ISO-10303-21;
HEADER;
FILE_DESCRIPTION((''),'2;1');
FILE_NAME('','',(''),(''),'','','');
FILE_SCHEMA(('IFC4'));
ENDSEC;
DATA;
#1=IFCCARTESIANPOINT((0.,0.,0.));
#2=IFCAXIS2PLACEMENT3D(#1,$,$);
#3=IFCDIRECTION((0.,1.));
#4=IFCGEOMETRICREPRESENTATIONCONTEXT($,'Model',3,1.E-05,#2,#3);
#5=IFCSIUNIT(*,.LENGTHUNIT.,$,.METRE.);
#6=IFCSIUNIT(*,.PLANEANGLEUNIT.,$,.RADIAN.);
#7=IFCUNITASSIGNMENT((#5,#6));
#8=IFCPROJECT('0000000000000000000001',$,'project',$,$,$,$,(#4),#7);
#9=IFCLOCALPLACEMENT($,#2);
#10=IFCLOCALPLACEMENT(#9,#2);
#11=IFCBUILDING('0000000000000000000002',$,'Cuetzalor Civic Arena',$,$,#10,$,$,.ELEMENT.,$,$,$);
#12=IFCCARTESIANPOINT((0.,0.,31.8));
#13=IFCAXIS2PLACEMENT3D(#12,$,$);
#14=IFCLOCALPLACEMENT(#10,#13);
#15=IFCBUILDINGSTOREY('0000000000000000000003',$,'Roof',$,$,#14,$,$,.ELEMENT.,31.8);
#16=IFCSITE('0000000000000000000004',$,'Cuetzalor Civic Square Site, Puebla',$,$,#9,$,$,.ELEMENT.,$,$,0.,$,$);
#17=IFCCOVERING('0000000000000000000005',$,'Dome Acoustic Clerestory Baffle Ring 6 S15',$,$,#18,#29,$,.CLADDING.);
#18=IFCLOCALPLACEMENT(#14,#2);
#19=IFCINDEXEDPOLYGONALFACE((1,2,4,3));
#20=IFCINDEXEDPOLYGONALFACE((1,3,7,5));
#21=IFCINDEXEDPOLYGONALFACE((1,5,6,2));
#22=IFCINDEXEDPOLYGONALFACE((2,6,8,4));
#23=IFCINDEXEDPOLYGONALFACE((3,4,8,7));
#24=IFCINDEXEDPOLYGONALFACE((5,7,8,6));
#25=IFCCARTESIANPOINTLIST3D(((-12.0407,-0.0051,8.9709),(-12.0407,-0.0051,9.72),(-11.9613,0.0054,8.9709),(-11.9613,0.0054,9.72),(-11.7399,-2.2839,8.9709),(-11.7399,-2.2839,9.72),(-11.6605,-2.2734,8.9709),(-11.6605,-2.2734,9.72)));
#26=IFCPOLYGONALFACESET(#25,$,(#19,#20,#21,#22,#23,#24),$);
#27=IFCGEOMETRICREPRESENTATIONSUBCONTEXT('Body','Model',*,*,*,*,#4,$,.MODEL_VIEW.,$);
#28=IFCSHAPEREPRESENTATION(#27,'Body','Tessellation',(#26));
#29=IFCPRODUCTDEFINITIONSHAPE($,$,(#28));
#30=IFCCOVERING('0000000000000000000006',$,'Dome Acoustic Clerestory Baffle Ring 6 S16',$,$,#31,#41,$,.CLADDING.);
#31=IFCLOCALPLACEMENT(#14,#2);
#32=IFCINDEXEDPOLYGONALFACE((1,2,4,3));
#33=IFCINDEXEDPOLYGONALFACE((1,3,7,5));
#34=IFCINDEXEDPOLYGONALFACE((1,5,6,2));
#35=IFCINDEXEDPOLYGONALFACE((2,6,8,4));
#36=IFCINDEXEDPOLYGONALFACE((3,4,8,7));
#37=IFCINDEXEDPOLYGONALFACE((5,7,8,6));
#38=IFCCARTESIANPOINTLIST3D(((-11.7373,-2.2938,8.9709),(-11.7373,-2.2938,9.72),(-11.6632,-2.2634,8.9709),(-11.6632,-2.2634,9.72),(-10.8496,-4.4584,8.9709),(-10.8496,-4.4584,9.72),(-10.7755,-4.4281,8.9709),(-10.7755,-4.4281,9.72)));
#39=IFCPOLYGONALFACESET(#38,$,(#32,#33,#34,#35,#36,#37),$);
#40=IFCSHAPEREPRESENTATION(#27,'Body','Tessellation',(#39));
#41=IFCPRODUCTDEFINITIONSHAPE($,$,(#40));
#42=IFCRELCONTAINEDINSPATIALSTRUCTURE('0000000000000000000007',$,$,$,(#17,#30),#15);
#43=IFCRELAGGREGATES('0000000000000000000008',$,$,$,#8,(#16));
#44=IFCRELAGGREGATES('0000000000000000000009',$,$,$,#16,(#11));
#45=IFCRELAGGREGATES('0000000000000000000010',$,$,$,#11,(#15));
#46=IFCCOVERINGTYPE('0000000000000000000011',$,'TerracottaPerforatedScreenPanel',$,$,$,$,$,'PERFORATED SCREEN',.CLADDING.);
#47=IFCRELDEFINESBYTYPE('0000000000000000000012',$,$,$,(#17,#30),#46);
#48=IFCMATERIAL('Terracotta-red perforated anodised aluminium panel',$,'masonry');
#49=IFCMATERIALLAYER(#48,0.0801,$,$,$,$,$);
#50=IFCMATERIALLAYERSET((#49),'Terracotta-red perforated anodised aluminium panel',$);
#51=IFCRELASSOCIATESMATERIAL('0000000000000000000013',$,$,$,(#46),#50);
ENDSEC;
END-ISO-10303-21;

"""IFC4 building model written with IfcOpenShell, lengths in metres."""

from ifc_helpers import new_model, si_unit, direction, frame, frame_2d, origin, place, context, subcontext, project, spatial, rectangle, extrude, material, layer, layer_set, type_object, element, save


model = new_model("IFC4")

# Units and contexts
model_context = context("Model", 3, precision=1e-05, world=origin(), true_north=direction((0.0, 1.0)))
body_context = subcontext(model_context, "Body", "Model", "MODEL_VIEW")
ifc_project = project(units=[si_unit("LENGTHUNIT", "METRE"), si_unit("PLANEANGLEUNIT", "RADIAN")], contexts=[model_context])

# Site, building, storey
site_placement = place(None, origin())
site = spatial("IfcSite", under=ifc_project, at=site_placement, Name="Cuetzalor Civic Square Site, Puebla", CompositionType="ELEMENT", RefElevation=0.0)
building_placement = place(site_placement, origin())
building = spatial("IfcBuilding", under=site, at=building_placement, Name="Cuetzalor Civic Arena", CompositionType="ELEMENT")
storey_placement = place(building_placement, frame((0.0, 0.0, 31.8)))
storey = spatial("IfcBuildingStorey", under=building, at=storey_placement, Name="Roof", CompositionType="ELEMENT", Elevation=31.8)

# Coverings
ifc_material_1 = material(Name="Terracotta-red perforated anodised aluminium panel", Category="masonry")
ifc_layer_1 = layer(ifc_material_1, 0.0801)
ifc_layer_set_1 = layer_set([ifc_layer_1], Name="Terracotta-red perforated anodised aluminium panel")
covering_type = type_object("IfcCoveringType", Name="TerracottaPerforatedScreenPanel", ElementType="PERFORATED SCREEN", PredefinedType="CLADDING", material=ifc_layer_set_1)
covering_1_placement = place(storey_placement, frame((-11.7002, -2.2788, 8.9709), z_axis=(0.0, 0.0, 1.0), x_axis=(-0.130856, 0.991401, 0.0)))
element("IfcCovering", 1, at=covering_1_placement, inside=storey, type_object=covering_type, Name="Dome Acoustic Clerestory Baffle Ring 6 S15", PredefinedType="CLADDING", context=body_context, shape_type="SweptSolid", body=[
    extrude(rectangle(XDim=2.2986, YDim=0.0801, at=frame_2d((1.1494, 0.0))), origin(), (0.0, 0.0, 1.0), 0.749),
])
covering_2_placement = place(storey_placement, frame((-10.8125, -4.4434, 8.9709), z_axis=(0.0, 0.0, 1.0), x_axis=(-0.379437, 0.925217, 0.0)))
element("IfcCovering", 2, at=covering_2_placement, inside=storey, type_object=covering_type, Name="Dome Acoustic Clerestory Baffle Ring 6 S16", PredefinedType="CLADDING", context=body_context, shape_type="SweptSolid", body=[
    extrude(rectangle(XDim=2.3396, YDim=0.0801, at=frame_2d((1.1699, 0.0))), origin(), (0.0, 0.0, 1.0), 0.749),
])

save(model, "model.ifc")
